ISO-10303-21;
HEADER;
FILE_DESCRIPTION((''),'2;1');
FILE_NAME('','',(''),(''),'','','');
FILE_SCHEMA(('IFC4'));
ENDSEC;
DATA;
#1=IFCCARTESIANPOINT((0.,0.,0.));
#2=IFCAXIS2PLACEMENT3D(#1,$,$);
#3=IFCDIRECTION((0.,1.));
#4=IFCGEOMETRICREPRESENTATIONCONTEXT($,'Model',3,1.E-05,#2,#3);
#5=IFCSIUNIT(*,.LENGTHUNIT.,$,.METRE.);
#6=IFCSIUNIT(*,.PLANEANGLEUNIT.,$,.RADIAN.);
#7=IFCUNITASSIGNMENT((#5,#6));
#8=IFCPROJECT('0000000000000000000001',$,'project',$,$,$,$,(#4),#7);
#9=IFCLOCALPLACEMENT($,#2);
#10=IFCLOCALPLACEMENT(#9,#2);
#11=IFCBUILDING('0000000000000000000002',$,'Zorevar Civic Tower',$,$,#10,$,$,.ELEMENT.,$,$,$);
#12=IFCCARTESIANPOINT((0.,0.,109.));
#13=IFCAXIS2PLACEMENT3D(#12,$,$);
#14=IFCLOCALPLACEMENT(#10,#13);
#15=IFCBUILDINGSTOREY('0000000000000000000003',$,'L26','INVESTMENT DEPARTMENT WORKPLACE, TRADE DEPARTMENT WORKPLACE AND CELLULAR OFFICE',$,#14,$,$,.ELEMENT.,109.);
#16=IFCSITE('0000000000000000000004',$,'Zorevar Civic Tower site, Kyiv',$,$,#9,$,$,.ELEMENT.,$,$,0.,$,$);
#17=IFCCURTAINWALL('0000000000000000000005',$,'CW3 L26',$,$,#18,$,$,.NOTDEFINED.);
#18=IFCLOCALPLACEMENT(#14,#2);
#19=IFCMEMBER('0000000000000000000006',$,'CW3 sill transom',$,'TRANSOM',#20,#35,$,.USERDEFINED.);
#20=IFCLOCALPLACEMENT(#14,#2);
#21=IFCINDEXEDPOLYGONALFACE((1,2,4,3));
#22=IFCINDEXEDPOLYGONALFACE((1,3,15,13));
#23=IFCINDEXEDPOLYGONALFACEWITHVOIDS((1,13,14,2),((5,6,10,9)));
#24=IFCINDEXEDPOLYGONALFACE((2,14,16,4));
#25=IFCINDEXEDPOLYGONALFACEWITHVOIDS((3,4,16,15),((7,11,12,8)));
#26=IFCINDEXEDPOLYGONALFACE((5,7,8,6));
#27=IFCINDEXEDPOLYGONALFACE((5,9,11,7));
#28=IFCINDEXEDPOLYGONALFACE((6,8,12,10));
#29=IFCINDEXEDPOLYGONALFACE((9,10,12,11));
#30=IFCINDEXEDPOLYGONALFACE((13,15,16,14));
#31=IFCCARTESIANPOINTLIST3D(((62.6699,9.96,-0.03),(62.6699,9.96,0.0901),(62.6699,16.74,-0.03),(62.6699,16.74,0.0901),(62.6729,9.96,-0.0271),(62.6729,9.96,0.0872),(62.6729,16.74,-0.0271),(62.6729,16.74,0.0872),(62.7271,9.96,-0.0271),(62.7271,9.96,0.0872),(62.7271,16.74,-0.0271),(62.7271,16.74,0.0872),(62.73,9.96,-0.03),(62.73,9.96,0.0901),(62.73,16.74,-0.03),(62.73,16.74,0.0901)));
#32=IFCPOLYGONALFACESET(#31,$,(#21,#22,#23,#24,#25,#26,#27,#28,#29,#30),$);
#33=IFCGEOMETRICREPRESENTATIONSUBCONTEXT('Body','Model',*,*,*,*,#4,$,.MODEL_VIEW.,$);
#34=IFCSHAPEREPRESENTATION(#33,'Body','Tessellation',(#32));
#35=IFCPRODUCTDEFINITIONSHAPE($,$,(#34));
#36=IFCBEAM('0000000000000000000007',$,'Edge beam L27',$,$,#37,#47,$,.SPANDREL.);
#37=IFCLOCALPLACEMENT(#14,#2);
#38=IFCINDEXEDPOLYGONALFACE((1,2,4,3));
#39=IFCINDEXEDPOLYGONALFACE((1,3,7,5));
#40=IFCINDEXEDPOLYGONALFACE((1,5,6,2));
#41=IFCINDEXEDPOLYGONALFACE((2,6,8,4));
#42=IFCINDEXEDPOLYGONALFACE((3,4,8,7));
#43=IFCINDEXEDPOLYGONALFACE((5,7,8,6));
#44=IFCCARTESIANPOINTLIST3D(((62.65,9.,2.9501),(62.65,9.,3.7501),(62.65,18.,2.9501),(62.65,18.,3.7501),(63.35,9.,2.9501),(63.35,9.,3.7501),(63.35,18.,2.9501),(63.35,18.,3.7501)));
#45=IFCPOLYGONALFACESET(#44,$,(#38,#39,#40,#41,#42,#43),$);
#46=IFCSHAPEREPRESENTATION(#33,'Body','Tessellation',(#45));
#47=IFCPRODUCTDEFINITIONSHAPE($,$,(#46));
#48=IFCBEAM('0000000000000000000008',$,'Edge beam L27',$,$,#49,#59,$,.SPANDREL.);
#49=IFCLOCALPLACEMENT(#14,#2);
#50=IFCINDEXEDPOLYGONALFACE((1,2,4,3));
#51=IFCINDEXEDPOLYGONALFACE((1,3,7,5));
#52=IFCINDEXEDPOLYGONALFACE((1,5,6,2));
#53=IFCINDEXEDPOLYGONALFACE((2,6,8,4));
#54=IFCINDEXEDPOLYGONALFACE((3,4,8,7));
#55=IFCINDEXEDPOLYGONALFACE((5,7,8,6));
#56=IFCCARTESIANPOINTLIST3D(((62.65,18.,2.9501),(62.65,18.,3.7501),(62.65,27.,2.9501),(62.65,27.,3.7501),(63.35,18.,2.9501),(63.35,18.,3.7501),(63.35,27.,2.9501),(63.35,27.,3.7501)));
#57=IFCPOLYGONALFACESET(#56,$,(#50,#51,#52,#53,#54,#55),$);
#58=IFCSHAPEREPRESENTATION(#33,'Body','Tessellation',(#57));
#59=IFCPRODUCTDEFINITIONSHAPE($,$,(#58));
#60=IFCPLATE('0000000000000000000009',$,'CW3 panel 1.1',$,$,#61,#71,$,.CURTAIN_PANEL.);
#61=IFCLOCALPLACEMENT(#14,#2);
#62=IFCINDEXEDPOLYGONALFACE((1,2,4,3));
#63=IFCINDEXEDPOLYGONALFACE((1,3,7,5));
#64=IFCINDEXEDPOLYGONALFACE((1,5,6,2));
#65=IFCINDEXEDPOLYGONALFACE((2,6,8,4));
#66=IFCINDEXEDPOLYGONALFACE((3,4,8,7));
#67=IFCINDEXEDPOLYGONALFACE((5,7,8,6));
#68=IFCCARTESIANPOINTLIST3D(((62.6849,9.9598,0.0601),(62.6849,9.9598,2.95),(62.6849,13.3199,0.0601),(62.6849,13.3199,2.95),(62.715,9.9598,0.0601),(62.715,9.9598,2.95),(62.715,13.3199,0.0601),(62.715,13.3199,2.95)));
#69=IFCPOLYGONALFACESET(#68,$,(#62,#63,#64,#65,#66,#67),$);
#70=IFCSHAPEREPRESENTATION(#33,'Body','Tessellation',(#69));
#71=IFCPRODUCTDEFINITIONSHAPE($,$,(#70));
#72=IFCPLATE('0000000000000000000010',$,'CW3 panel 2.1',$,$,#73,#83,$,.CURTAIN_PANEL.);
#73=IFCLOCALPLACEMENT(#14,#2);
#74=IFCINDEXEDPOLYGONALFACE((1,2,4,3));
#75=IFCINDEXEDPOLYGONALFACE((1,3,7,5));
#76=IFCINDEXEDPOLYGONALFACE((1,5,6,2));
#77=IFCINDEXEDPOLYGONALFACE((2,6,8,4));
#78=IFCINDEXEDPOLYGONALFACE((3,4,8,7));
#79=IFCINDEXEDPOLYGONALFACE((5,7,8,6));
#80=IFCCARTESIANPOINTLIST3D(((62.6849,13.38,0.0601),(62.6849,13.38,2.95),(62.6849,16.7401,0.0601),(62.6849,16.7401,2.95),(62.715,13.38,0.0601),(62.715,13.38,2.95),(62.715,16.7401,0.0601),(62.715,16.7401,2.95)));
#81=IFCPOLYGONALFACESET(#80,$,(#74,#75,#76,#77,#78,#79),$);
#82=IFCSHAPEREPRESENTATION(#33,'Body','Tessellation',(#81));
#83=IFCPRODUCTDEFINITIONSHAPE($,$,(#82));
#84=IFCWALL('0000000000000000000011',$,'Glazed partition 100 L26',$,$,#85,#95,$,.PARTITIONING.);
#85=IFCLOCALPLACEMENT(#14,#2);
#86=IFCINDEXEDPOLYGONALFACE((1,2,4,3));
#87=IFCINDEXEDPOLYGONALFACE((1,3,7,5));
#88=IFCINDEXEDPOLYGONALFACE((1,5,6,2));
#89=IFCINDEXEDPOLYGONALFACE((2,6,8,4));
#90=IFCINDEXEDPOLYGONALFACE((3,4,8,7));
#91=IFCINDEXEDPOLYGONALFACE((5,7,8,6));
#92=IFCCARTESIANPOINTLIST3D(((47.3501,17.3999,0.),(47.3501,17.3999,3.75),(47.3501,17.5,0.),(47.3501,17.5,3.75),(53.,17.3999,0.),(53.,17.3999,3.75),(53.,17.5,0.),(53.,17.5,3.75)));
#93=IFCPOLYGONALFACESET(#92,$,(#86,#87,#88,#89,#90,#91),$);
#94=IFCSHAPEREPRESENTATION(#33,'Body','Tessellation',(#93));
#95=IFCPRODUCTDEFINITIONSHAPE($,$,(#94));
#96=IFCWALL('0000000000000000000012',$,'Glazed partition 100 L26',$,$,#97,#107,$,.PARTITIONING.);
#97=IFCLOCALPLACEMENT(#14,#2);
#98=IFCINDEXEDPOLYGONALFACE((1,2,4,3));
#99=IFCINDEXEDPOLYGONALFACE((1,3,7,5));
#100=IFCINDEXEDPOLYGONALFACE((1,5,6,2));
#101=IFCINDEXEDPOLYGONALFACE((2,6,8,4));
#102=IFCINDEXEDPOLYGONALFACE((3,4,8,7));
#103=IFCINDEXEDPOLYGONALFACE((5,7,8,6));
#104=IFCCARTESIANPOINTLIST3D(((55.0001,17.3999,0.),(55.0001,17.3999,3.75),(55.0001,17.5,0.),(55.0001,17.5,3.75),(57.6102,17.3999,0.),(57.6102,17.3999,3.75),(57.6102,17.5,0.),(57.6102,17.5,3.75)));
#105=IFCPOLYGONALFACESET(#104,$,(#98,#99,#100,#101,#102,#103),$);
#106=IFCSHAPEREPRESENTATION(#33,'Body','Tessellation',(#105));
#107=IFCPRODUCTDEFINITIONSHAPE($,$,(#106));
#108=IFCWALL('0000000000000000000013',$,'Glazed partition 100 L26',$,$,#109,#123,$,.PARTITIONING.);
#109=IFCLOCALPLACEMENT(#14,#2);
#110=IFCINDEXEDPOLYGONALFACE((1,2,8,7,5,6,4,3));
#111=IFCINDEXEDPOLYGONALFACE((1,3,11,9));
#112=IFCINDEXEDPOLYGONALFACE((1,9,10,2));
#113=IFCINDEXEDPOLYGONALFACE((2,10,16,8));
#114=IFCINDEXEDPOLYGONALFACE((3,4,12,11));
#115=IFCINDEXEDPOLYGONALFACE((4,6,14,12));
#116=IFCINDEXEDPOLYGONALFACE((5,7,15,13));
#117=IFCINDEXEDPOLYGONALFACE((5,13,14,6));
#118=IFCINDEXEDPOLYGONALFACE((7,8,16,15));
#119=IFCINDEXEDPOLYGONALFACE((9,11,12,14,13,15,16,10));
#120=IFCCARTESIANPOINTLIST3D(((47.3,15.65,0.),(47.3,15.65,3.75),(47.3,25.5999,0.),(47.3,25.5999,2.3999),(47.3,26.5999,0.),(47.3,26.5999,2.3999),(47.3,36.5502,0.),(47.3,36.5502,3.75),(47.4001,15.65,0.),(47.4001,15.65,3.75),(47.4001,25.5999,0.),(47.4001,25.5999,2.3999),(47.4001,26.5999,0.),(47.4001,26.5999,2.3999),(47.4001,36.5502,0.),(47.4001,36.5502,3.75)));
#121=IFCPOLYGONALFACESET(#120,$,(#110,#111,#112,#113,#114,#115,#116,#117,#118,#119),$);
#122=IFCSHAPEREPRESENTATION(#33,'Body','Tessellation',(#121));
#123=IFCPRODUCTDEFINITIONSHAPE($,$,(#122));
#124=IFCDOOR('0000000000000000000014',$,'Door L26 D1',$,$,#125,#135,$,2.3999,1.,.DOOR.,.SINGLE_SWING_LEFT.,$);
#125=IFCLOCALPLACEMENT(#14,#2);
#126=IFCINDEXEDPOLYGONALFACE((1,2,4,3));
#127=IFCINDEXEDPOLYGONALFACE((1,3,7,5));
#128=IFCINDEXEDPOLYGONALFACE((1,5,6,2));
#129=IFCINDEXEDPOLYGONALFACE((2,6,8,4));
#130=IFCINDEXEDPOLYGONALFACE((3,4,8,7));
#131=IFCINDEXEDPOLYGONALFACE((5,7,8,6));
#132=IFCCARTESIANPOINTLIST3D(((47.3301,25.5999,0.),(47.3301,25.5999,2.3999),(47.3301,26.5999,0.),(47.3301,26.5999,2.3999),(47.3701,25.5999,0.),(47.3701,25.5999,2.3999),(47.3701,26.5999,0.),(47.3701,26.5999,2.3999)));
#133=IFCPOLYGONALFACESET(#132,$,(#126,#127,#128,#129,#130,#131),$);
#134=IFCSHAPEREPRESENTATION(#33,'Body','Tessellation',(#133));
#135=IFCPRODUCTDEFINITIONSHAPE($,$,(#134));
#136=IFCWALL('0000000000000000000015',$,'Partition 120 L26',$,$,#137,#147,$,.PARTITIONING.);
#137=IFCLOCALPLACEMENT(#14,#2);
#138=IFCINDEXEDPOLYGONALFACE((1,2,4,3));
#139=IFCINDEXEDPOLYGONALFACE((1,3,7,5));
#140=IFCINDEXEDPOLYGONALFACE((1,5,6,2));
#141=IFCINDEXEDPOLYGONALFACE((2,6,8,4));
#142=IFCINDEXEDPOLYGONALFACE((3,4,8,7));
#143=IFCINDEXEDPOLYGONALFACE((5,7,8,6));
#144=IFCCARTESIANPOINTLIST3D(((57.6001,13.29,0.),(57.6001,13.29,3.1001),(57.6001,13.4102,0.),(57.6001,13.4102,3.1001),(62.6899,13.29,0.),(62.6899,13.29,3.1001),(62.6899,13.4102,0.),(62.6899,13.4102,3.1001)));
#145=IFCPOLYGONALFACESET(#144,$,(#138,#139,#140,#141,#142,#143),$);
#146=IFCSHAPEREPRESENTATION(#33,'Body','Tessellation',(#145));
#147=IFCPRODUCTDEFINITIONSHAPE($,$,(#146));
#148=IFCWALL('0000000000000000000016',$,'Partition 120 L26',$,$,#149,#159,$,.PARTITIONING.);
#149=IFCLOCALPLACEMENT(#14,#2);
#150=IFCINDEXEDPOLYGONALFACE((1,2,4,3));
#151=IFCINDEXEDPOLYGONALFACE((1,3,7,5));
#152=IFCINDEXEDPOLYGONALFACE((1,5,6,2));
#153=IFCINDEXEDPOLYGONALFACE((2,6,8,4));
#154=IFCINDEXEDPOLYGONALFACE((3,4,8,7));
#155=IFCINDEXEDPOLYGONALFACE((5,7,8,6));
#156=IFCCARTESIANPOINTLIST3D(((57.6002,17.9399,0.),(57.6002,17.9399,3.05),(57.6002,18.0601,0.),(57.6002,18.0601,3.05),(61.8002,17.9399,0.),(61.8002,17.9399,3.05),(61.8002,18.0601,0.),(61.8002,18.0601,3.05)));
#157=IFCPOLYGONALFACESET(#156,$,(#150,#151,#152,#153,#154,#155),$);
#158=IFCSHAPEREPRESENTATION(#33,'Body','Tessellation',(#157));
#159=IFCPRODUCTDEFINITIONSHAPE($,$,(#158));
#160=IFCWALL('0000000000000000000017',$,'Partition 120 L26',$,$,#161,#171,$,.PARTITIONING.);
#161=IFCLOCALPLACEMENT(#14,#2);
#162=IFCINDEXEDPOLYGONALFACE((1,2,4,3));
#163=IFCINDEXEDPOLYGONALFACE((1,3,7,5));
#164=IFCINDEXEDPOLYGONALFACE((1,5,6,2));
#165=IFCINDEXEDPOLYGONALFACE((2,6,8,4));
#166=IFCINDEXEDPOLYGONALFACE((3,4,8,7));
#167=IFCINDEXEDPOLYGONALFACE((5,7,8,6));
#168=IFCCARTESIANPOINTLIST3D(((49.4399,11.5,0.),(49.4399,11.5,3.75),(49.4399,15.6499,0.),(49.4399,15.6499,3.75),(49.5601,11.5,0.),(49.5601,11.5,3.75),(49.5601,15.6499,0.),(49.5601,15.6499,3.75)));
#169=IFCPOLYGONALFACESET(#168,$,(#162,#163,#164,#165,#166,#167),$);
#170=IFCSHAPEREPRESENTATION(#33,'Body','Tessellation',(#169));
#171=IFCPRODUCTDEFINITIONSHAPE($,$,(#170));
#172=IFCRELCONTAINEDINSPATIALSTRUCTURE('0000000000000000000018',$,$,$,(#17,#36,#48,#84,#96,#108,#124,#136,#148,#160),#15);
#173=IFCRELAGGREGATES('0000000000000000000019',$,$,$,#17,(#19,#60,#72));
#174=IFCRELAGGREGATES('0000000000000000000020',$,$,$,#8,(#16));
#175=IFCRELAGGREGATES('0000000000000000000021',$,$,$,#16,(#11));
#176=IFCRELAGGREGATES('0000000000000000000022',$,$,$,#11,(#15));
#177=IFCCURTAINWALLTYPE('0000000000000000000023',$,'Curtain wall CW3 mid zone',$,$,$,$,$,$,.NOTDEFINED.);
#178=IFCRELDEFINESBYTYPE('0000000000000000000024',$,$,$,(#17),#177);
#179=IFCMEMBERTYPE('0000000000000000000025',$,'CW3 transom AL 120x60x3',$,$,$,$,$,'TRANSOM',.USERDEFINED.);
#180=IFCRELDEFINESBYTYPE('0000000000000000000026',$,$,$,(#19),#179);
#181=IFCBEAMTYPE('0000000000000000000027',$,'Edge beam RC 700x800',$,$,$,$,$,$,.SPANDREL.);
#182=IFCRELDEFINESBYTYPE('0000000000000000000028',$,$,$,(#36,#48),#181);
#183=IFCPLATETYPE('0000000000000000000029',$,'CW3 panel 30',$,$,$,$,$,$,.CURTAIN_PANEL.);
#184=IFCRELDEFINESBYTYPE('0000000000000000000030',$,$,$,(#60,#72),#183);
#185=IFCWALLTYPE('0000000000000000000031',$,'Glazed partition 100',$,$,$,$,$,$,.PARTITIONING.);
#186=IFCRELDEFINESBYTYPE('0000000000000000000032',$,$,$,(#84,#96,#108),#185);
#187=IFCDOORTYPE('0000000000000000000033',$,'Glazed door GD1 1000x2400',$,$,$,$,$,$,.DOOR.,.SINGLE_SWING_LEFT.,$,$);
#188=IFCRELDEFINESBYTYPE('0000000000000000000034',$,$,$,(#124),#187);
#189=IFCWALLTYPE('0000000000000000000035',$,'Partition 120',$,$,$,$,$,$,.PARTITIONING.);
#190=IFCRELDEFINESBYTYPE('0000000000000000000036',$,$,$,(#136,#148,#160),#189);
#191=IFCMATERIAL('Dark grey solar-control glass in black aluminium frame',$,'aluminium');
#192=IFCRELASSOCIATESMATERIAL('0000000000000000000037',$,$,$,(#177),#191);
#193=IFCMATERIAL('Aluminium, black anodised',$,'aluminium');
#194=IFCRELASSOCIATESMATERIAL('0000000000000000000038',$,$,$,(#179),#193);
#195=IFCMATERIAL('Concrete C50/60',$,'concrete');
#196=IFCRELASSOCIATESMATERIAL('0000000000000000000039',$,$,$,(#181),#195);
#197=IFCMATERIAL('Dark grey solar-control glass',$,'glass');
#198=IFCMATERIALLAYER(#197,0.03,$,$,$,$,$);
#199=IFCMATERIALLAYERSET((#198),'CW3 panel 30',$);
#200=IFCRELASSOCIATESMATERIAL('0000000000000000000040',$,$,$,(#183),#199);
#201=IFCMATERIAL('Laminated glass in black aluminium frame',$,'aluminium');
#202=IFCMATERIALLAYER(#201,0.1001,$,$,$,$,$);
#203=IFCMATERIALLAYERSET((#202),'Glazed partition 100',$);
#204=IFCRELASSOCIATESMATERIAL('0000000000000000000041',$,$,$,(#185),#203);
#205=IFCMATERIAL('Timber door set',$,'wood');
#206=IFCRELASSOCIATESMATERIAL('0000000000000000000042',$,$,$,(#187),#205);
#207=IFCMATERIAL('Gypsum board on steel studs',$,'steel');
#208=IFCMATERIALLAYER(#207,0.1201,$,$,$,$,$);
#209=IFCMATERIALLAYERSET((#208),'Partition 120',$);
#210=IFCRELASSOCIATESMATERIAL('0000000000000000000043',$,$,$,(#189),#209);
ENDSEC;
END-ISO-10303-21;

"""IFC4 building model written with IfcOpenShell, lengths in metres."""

from ifc_helpers import new_model, si_unit, direction, frame, frame_2d, origin, origin_2d, place, context, subcontext, project, spatial, rectangle, hollow_rectangle, extrude, material, layer, layer_set, material_profile, profile_set, type_object, element, fill, aggregate, save


model = new_model("IFC4")

# Units and contexts
model_context = context("Model", 3, precision=1e-05, world=origin(), true_north=direction((0.0, 1.0)))
body_context = subcontext(model_context, "Body", "Model", "MODEL_VIEW")
ifc_project = project(units=[si_unit("LENGTHUNIT", "METRE"), si_unit("PLANEANGLEUNIT", "RADIAN")], contexts=[model_context])

# Site, building, storey
site_placement = place(None, origin())
site = spatial("IfcSite", under=ifc_project, at=site_placement, Name="Zorevar Civic Tower site, Kyiv", CompositionType="ELEMENT", RefElevation=0.0)
building_placement = place(site_placement, origin())
building = spatial("IfcBuilding", under=site, at=building_placement, Name="Zorevar Civic Tower", CompositionType="ELEMENT")
storey_placement = place(building_placement, frame((0.0, 0.0, 109.0)))
storey = spatial("IfcBuildingStorey", under=building, at=storey_placement, Name="L26", Description="INVESTMENT DEPARTMENT WORKPLACE, TRADE DEPARTMENT WORKPLACE AND CELLULAR OFFICE", CompositionType="ELEMENT", Elevation=109.0)

# Curtain wall
ifc_material_1 = material(Name="Dark grey solar-control glass in black aluminium frame", Category="aluminium")
curtain_wall_type = type_object("IfcCurtainWallType", Name="Curtain wall CW3 mid zone", PredefinedType="NOTDEFINED", material=ifc_material_1)
curtain_wall_1_placement = place(storey_placement, origin())
curtain_wall_1 = element("IfcCurtainWall", 1, at=curtain_wall_1_placement, inside=storey, type_object=curtain_wall_type, Name="CW3 L26", PredefinedType="NOTDEFINED")

# Member
ifc_material_2 = material(Name="Aluminium, black anodised", Category="aluminium")
ifc_material_profile_1 = material_profile(ifc_material_2, hollow_rectangle(XDim=0.0601, YDim=0.1201, WallThickness=0.0029, at=origin_2d()), Name="AL 120x60x3")
ifc_profile_set_1 = profile_set([ifc_material_profile_1], Name="Aluminium, black anodised")
member_type_1 = type_object("IfcMemberType", Name="CW3 transom AL 120x60x3", ElementType="TRANSOM", PredefinedType="USERDEFINED", material=ifc_profile_set_1)
member_1_placement = place(storey_placement, frame((62.7, 9.96, 0.03), z_axis=(0.0, 1.0, 0.0), x_axis=(-1.0, 0.0, 0.0)))
member_1 = element("IfcMember", 2, at=member_1_placement, type_object=member_type_1, Name="CW3 sill transom", ObjectType="TRANSOM", PredefinedType="USERDEFINED", context=body_context, shape_type="SweptSolid", body=[
    extrude(hollow_rectangle(XDim=0.0601, YDim=0.1201, WallThickness=0.0029, at=origin_2d()), origin(), (0.0, 0.0, 1.0), 6.78),
])

# Beams
ifc_material_3 = material(Name="Concrete C50/60", Category="concrete")
ifc_material_profile_2 = material_profile(ifc_material_3, rectangle(XDim=0.7, YDim=0.8, at=origin_2d()), Name="RC 700x800")
ifc_profile_set_2 = profile_set([ifc_material_profile_2], Name="Concrete C50/60")
beam_type_1 = type_object("IfcBeamType", Name="Edge beam RC 700x800", PredefinedType="SPANDREL", material=ifc_profile_set_2)
for number, where, z_axis, x_axis, name in (
    (3, (63.0, 9.0, 3.3501), (0.0, 1.0, 0.0), (-1.0, 0.0, 0.0), "Edge beam L27"),
    (4, (63.0, 18.0, 3.3501), (0.0, 1.0, 0.0), (-1.0, 0.0, 0.0), "Edge beam L27"),
):
    element("IfcBeam", number, at=place(storey_placement, frame(where, z_axis=z_axis, x_axis=x_axis)), inside=storey, type_object=beam_type_1, Name=name, PredefinedType="SPANDREL", context=body_context, shape_type="SweptSolid", body=[
        extrude(rectangle(XDim=0.7, YDim=0.8, at=origin_2d()), origin(), (0.0, 0.0, 1.0), 9.0),
    ])

# Plates
ifc_material_4 = material(Name="Dark grey solar-control glass", Category="glass")
ifc_layer_1 = layer(ifc_material_4, 0.03)
ifc_layer_set_1 = layer_set([ifc_layer_1], Name="CW3 panel 30")
plate_type = type_object("IfcPlateType", Name="CW3 panel 30", PredefinedType="CURTAIN_PANEL", material=ifc_layer_set_1)
plate_1_placement = place(storey_placement, frame((62.7, 11.6399, 0.0601), z_axis=(0.0, 0.0, 1.0), x_axis=(0.0, 1.0, 0.0)))
plate_1 = element("IfcPlate", 5, at=plate_1_placement, type_object=plate_type, Name="CW3 panel 1.1", PredefinedType="CURTAIN_PANEL", context=body_context, shape_type="SweptSolid", body=[
    extrude(rectangle(XDim=3.3601, YDim=0.03, at=origin_2d()), origin(), (0.0, 0.0, 1.0), 2.8899),
])
plate_2_placement = place(storey_placement, frame((62.7, 15.0601, 0.0601), z_axis=(0.0, 0.0, 1.0), x_axis=(0.0, 1.0, 0.0)))
plate_2 = element("IfcPlate", 6, at=plate_2_placement, type_object=plate_type, Name="CW3 panel 2.1", PredefinedType="CURTAIN_PANEL", context=body_context, shape_type="SweptSolid", body=[
    extrude(rectangle(XDim=3.3601, YDim=0.03, at=origin_2d()), origin(), (0.0, 0.0, 1.0), 2.8899),
])
aggregate(curtain_wall_1, [member_1, plate_1, plate_2])

# Walls
ifc_material_5 = material(Name="Laminated glass in black aluminium frame", Category="aluminium")
ifc_layer_2 = layer(ifc_material_5, 0.1001)
ifc_layer_set_2 = layer_set([ifc_layer_2], Name="Glazed partition 100")
wall_type_1 = type_object("IfcWallType", Name="Glazed partition 100", PredefinedType="PARTITIONING", material=ifc_layer_set_2)
wall_1_placement = place(storey_placement, frame((47.3501, 17.45, 0.0), z_axis=(0.0, 0.0, 1.0), x_axis=(1.0, 0.0, 0.0)))
element("IfcWall", 7, at=wall_1_placement, inside=storey, type_object=wall_type_1, Name="Glazed partition 100 L26", PredefinedType="PARTITIONING", context=body_context, shape_type="SweptSolid", body=[
    extrude(rectangle(XDim=5.6499, YDim=0.1001, at=frame_2d((2.825, 0.0))), origin(), (0.0, 0.0, 1.0), 3.75),
])
wall_2_placement = place(storey_placement, frame((55.0, 17.45, 0.0), z_axis=(0.0, 0.0, 1.0), x_axis=(1.0, 0.0, 0.0)))
element("IfcWall", 8, at=wall_2_placement, inside=storey, type_object=wall_type_1, Name="Glazed partition 100 L26", PredefinedType="PARTITIONING", context=body_context, shape_type="SweptSolid", body=[
    extrude(rectangle(XDim=2.6101, YDim=0.1001, at=frame_2d((1.3052, 0.0))), origin(), (0.0, 0.0, 1.0), 3.75),
])

# Wall, opening, door
wall_3_placement = place(storey_placement, frame((47.3501, 15.6499, 0.0), z_axis=(0.0, 0.0, 1.0), x_axis=(0.0, 1.0, 0.0)))
wall_3 = element("IfcWall", 9, at=wall_3_placement, inside=storey, type_object=wall_type_1, Name="Glazed partition 100 L26", PredefinedType="PARTITIONING", context=body_context, shape_type="SweptSolid", body=[
    extrude(rectangle(XDim=20.9001, YDim=0.1001, at=frame_2d((10.4502, 0.0))), origin(), (0.0, 0.0, 1.0), 3.75),
])
opening_1_placement = place(wall_3_placement, frame((9.95, 0.0, 0.0)))
opening_1 = element("IfcOpeningElement", 10, at=opening_1_placement, cuts=wall_3, PredefinedType="OPENING", context=body_context, shape_type="SweptSolid", body=[
    extrude(rectangle(XDim=1.0, YDim=2.3999, at=frame_2d((0.5, 1.2))), frame((0.0, 0.0601, 0.0), z_axis=(0.0, -1.0, 0.0), x_axis=(1.0, 0.0, 0.0)), (0.0, 0.0, 1.0), 0.1201),
])
ifc_material_6 = material(Name="Timber door set", Category="wood")
door_type_1 = type_object("IfcDoorType", Name="Glazed door GD1 1000x2400", OperationType="SINGLE_SWING_LEFT", PredefinedType="DOOR", material=ifc_material_6)
door_1_placement = place(opening_1_placement, origin())
door_1 = element("IfcDoor", 11, at=door_1_placement, inside=storey, type_object=door_type_1, Name="Door L26 D1", OperationType="SINGLE_SWING_LEFT", OverallHeight=2.3999, OverallWidth=1.0, PredefinedType="DOOR", context=body_context, shape_type="SweptSolid", body=[
    extrude(rectangle(XDim=1.0, YDim=2.3999, at=frame_2d((0.5, 1.2))), frame((0.0, 0.02, 0.0), z_axis=(0.0, -1.0, 0.0), x_axis=(1.0, 0.0, 0.0)), (0.0, 0.0, 1.0), 0.04),
])
fill(opening_1, door_1)

# Walls
ifc_material_7 = material(Name="Gypsum board on steel studs", Category="steel")
ifc_layer_3 = layer(ifc_material_7, 0.1201)
ifc_layer_set_3 = layer_set([ifc_layer_3], Name="Partition 120")
wall_type_2 = type_object("IfcWallType", Name="Partition 120", PredefinedType="PARTITIONING", material=ifc_layer_set_3)
wall_4_placement = place(storey_placement, frame((57.6001, 13.3501, 0.0), z_axis=(0.0, 0.0, 1.0), x_axis=(1.0, 0.0, 0.0)))
element("IfcWall", 12, at=wall_4_placement, inside=storey, type_object=wall_type_2, Name="Partition 120 L26", PredefinedType="PARTITIONING", context=body_context, shape_type="SweptSolid", body=[
    extrude(rectangle(XDim=5.0898, YDim=0.1201, at=frame_2d((2.5449, 0.0))), origin(), (0.0, 0.0, 1.0), 3.1001),
])
wall_5_placement = place(storey_placement, frame((57.6001, 18.0, 0.0), z_axis=(0.0, 0.0, 1.0), x_axis=(1.0, 0.0, 0.0)))
element("IfcWall", 13, at=wall_5_placement, inside=storey, type_object=wall_type_2, Name="Partition 120 L26", PredefinedType="PARTITIONING", context=body_context, shape_type="SweptSolid", body=[
    extrude(rectangle(XDim=4.2, YDim=0.1201, at=frame_2d((2.1001, 0.0))), origin(), (0.0, 0.0, 1.0), 3.05),
])
wall_6_placement = place(storey_placement, frame((49.5, 11.5, 0.0), z_axis=(0.0, 0.0, 1.0), x_axis=(0.0, 1.0, 0.0)))
element("IfcWall", 14, at=wall_6_placement, inside=storey, type_object=wall_type_2, Name="Partition 120 L26", PredefinedType="PARTITIONING", context=body_context, shape_type="SweptSolid", body=[
    extrude(rectangle(XDim=4.1499, YDim=0.1201, at=frame_2d((2.075, 0.0))), origin(), (0.0, 0.0, 1.0), 3.75),
])

save(model, "model.ifc")
